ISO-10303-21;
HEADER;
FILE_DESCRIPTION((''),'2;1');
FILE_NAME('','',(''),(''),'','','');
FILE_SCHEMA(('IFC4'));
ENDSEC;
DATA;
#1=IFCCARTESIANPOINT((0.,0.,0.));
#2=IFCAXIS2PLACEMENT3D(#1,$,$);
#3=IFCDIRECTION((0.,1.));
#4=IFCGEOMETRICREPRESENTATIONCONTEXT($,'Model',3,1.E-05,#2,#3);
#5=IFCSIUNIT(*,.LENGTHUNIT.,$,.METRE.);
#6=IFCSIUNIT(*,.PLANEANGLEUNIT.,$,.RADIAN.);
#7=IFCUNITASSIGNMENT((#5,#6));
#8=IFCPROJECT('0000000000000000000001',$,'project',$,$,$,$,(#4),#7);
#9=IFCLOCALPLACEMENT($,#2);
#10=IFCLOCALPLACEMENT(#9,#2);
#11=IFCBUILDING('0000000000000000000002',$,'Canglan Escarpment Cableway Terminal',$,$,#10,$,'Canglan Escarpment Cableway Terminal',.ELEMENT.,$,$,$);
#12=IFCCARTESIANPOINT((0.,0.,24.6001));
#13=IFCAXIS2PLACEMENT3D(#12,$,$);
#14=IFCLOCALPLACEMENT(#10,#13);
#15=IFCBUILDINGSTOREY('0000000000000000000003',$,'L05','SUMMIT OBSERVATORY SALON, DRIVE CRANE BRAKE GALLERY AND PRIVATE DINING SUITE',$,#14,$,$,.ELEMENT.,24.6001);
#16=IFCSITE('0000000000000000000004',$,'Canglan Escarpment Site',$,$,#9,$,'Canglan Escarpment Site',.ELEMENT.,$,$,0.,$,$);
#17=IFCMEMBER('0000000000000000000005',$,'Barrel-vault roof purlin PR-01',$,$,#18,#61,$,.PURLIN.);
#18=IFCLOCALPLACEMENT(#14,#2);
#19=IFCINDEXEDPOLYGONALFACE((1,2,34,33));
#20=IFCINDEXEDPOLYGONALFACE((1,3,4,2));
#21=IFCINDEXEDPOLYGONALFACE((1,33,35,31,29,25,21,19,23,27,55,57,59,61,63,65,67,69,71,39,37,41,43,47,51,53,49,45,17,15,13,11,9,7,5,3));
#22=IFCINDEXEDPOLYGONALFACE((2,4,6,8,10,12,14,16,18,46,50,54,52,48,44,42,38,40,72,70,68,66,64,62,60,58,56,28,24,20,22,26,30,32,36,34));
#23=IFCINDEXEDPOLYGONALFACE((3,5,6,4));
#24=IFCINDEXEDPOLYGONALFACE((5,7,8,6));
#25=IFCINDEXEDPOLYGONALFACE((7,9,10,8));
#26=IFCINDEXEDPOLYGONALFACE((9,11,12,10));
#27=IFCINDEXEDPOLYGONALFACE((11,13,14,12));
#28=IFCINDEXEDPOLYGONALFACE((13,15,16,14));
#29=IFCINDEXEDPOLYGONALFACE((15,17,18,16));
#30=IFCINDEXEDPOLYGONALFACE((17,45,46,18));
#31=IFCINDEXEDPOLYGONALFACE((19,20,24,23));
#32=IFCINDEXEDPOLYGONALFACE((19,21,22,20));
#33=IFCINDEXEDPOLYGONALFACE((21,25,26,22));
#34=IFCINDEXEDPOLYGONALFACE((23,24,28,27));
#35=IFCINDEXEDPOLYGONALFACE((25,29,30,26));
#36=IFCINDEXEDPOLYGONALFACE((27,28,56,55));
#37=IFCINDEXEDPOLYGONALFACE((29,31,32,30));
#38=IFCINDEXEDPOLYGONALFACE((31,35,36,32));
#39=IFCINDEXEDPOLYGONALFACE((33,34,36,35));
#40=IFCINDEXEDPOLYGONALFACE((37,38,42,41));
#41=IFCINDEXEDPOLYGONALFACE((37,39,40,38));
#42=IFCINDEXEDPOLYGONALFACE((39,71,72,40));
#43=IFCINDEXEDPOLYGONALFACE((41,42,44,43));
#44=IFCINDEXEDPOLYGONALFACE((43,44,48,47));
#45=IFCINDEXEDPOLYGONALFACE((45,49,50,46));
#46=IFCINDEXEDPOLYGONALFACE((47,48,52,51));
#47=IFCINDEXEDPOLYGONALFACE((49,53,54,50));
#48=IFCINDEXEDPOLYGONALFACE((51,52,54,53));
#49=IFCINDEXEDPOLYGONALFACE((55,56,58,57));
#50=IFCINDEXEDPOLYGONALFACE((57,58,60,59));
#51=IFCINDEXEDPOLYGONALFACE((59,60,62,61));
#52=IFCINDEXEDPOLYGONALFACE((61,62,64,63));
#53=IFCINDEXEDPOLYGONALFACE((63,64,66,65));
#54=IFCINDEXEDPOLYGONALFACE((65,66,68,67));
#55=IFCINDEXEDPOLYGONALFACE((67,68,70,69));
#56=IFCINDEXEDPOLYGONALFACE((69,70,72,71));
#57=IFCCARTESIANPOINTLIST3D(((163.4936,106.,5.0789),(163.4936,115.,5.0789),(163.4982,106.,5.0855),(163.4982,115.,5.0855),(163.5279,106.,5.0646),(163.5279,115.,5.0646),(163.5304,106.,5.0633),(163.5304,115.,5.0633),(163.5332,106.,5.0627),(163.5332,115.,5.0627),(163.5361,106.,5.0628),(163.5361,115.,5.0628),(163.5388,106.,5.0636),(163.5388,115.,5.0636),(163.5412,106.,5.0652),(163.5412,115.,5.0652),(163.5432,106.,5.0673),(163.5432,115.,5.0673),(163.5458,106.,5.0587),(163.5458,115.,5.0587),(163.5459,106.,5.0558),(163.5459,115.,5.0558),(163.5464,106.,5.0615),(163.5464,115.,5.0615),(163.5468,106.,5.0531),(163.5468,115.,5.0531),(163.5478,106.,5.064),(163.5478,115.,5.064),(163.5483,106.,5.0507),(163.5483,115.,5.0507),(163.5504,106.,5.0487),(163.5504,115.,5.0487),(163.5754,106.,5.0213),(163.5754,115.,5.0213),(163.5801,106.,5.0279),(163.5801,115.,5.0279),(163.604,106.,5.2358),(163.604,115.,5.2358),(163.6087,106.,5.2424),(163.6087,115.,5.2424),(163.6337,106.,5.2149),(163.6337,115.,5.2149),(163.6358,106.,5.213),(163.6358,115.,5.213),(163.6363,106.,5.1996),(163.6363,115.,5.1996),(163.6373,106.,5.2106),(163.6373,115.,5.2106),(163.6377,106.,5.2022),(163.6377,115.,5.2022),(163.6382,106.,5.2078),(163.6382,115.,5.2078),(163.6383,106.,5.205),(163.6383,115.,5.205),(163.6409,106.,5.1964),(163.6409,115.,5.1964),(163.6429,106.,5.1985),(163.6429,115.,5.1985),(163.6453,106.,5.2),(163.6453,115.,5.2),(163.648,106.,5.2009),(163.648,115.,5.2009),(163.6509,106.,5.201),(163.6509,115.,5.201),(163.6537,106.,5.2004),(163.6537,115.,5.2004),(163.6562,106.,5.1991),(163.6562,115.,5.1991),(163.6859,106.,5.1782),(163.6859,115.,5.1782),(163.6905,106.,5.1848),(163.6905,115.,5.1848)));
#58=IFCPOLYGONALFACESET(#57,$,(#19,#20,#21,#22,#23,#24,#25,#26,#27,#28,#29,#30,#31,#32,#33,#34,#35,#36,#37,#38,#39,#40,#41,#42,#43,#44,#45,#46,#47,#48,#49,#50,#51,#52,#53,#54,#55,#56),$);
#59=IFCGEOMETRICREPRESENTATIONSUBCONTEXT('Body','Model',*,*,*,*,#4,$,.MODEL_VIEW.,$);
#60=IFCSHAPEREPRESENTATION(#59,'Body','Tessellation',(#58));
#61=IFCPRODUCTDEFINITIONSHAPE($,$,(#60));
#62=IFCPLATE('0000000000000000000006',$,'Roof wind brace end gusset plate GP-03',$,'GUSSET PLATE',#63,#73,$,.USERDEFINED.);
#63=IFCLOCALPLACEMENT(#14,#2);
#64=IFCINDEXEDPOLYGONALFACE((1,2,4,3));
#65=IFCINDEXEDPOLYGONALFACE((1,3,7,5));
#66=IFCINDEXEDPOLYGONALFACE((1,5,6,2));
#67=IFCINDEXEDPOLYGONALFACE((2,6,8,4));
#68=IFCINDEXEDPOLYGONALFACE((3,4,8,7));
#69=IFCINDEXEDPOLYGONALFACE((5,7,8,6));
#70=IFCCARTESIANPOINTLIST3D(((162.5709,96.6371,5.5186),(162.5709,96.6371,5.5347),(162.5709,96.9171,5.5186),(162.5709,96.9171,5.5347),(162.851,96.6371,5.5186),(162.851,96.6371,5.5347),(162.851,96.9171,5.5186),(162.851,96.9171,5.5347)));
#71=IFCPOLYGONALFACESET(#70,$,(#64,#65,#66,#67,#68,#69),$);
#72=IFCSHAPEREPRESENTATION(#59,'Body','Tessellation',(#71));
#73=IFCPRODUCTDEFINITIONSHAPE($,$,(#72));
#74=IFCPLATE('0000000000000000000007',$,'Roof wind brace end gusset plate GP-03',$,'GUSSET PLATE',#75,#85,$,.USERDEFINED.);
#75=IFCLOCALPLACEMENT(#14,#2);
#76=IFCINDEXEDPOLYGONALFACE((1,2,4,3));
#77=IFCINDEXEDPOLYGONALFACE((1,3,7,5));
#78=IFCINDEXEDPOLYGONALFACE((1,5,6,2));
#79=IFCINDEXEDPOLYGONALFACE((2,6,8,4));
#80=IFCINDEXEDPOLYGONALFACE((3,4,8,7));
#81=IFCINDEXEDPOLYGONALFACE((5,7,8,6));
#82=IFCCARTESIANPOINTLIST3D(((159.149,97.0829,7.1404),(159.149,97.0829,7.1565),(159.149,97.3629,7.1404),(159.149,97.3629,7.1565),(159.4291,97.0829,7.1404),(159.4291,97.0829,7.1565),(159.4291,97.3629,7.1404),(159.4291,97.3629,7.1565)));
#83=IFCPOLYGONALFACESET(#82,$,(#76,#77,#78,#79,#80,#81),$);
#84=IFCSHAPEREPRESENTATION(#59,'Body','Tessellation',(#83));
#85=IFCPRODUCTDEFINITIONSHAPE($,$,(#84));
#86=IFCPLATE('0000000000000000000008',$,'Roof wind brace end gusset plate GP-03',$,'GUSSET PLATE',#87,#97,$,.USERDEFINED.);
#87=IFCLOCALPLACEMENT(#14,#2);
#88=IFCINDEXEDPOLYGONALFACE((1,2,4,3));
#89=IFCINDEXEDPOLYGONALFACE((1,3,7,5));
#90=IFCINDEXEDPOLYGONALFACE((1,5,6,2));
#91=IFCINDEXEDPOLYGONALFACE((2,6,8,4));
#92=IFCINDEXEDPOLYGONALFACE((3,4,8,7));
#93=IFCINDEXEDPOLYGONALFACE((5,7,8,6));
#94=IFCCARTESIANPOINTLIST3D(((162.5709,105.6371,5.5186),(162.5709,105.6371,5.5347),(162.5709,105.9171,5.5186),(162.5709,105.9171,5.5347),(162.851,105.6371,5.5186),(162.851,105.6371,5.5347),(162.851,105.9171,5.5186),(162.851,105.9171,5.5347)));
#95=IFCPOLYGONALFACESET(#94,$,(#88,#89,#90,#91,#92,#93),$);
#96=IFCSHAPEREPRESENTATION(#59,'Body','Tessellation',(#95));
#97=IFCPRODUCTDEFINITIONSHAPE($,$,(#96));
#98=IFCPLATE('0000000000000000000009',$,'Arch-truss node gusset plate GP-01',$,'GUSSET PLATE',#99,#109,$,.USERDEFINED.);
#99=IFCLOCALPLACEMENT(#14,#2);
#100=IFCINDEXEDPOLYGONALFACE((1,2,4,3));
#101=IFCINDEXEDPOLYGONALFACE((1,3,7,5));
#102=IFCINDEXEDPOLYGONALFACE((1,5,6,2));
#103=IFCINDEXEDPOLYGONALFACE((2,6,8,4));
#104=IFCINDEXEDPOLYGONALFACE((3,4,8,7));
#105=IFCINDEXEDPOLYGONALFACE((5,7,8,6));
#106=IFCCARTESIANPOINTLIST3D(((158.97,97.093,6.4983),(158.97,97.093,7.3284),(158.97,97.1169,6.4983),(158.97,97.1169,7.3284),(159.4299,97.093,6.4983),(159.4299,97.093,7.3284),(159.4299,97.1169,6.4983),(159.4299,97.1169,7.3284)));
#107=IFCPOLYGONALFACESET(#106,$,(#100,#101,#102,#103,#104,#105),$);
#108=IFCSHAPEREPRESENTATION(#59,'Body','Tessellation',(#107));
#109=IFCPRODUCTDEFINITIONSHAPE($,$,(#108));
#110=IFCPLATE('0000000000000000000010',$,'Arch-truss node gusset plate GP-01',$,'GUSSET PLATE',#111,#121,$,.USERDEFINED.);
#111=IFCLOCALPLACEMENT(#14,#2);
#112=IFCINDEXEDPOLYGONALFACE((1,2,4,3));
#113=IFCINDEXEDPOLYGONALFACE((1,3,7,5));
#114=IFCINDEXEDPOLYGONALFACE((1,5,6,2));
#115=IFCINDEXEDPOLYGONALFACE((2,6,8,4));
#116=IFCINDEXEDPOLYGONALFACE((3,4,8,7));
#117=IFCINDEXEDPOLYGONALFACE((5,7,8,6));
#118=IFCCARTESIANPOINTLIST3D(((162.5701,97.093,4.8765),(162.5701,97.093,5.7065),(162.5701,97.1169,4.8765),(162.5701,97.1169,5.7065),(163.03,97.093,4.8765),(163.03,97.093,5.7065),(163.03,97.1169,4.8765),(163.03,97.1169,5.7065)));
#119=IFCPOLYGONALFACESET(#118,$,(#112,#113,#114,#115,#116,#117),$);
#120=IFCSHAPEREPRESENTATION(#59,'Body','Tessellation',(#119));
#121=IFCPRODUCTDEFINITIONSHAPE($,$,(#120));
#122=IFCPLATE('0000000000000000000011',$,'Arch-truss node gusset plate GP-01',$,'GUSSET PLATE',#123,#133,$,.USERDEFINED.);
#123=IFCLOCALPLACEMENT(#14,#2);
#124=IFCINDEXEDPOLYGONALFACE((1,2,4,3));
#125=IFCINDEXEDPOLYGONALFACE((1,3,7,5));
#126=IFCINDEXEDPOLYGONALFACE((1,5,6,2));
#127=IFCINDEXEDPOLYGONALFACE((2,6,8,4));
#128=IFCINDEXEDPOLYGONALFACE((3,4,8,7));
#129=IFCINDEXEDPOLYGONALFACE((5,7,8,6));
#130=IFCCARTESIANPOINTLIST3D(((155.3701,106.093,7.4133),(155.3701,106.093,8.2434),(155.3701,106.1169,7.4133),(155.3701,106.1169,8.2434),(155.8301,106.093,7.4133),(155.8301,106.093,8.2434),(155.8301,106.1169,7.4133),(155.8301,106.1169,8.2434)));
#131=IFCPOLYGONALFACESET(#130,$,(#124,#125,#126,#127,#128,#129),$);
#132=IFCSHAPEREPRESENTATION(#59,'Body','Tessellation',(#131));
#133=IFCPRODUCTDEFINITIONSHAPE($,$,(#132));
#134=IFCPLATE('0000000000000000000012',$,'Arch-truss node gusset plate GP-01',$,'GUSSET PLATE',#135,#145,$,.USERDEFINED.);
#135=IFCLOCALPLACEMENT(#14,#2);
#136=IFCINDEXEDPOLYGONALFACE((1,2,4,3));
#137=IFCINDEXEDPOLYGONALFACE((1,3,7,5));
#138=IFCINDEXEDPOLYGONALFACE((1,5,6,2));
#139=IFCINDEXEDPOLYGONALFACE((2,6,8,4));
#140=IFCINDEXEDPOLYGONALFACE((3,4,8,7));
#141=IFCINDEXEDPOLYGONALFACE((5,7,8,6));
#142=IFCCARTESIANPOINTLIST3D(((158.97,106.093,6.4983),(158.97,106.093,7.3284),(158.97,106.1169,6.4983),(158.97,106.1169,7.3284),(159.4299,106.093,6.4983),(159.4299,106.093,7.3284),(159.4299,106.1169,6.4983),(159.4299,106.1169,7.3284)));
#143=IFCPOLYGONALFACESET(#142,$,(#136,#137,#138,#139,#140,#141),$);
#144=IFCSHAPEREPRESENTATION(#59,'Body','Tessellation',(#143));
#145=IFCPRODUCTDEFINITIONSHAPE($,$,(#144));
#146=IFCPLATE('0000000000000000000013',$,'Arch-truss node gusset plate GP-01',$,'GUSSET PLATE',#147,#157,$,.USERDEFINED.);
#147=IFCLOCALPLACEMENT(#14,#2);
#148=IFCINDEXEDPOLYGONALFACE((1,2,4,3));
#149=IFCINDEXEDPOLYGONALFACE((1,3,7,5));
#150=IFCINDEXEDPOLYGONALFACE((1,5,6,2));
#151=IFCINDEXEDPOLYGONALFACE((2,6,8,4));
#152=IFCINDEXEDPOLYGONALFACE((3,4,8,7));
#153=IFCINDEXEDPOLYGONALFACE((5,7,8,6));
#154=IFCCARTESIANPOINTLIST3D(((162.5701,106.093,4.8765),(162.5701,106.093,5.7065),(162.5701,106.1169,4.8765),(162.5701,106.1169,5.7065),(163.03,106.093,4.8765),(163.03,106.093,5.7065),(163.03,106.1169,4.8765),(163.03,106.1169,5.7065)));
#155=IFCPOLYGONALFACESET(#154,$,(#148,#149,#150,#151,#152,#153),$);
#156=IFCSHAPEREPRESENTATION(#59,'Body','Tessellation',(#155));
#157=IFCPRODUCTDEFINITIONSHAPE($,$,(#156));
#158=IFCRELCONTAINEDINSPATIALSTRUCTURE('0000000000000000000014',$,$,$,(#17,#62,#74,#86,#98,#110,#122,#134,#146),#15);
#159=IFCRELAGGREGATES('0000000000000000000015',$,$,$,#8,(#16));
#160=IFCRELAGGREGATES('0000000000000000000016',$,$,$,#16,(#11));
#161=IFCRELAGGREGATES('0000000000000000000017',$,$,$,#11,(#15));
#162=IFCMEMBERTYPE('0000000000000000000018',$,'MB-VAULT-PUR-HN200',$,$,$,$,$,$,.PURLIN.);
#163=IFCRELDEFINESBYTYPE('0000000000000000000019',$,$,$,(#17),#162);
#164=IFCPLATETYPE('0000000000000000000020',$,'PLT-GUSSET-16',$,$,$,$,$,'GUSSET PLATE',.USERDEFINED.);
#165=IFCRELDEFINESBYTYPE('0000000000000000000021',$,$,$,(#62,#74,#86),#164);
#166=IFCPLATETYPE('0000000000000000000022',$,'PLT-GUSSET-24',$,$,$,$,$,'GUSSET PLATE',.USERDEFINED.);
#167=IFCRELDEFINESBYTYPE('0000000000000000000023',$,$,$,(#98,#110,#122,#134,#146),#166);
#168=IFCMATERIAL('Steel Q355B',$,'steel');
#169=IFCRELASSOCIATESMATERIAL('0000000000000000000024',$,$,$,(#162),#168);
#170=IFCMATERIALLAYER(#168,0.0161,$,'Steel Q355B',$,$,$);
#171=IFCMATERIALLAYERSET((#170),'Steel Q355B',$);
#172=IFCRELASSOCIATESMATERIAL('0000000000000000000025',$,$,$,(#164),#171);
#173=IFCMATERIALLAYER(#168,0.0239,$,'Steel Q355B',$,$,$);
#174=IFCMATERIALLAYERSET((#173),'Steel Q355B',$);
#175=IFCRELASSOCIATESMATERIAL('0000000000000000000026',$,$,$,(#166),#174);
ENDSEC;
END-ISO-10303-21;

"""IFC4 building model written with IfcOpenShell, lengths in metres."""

from ifc_helpers import new_model, si_unit, direction, frame, origin, origin_2d, place, context, subcontext, project, spatial, rectangle, i_section, extrude, material, layer, layer_set, material_profile, profile_set, type_object, element, save


model = new_model("IFC4")

# Units and contexts
model_context = context("Model", 3, precision=1e-05, world=origin(), true_north=direction((0.0, 1.0)))
body_context = subcontext(model_context, "Body", "Model", "MODEL_VIEW")
ifc_project = project(units=[si_unit("LENGTHUNIT", "METRE"), si_unit("PLANEANGLEUNIT", "RADIAN")], contexts=[model_context])

# Site, building, storey
site_placement = place(None, origin())
site = spatial("IfcSite", under=ifc_project, at=site_placement, Name="Canglan Escarpment Site", LongName="Canglan Escarpment Site", CompositionType="ELEMENT", RefElevation=0.0)
building_placement = place(site_placement, origin())
building = spatial("IfcBuilding", under=site, at=building_placement, Name="Canglan Escarpment Cableway Terminal", LongName="Canglan Escarpment Cableway Terminal", CompositionType="ELEMENT")
storey_placement = place(building_placement, frame((0.0, 0.0, 24.6001)))
storey = spatial("IfcBuildingStorey", under=building, at=storey_placement, Name="L05", Description="SUMMIT OBSERVATORY SALON, DRIVE CRANE BRAKE GALLERY AND PRIVATE DINING SUITE", CompositionType="ELEMENT", Elevation=24.6001)

# Shared definitions
ifc_material = material(Name="Steel Q355B", Category="steel")

# Member
ifc_material_profile_1 = material_profile(ifc_material, i_section(OverallWidth=0.1001, OverallDepth=0.2, WebThickness=0.0056, FlangeThickness=0.0081, FilletRadius=0.011, at=origin_2d()), Name="HN 200x100x5.5x8")
ifc_profile_set_1 = profile_set([ifc_material_profile_1], Name="Steel Q355B")
member_type_1 = type_object("IfcMemberType", Name="MB-VAULT-PUR-HN200", PredefinedType="PURLIN", material=ifc_profile_set_1)
for number, where, z_axis, x_axis, name in (
    (1, (163.592, 106.0, 5.1318), (0.0, 1.0, 0.0), (-0.817728, 0.0, 0.575605), "Barrel-vault roof purlin PR-01"),
):
    element("IfcMember", number, at=place(storey_placement, frame(where, z_axis=z_axis, x_axis=x_axis)), inside=storey, type_object=member_type_1, Name=name, PredefinedType="PURLIN", context=body_context, shape_type="SweptSolid", body=[
        extrude(i_section(OverallWidth=0.1001, OverallDepth=0.2, WebThickness=0.0056, FlangeThickness=0.0081, FilletRadius=0.011, at=origin_2d()), origin(), (0.0, 0.0, 1.0), 9.0),
    ])

# Plates
ifc_layer_1 = layer(ifc_material, 0.0161, Name="Steel Q355B")
ifc_layer_set_1 = layer_set([ifc_layer_1], Name="Steel Q355B")
plate_type_1 = type_object("IfcPlateType", Name="PLT-GUSSET-16", ElementType="GUSSET PLATE", PredefinedType="USERDEFINED", material=ifc_layer_set_1)
for number, where, z_axis, x_axis, name in (
    (2, (162.7109, 96.7771, 5.5186), (0.0, 0.0, 1.0), (1.0, 0.0, 0.0), "Roof wind brace end gusset plate GP-03"),
    (3, (159.2891, 97.2229, 7.1404), (0.0, 0.0, 1.0), (1.0, 0.0, 0.0), "Roof wind brace end gusset plate GP-03"),
    (4, (162.7109, 105.7771, 5.5186), (0.0, 0.0, 1.0), (1.0, 0.0, 0.0), "Roof wind brace end gusset plate GP-03"),
):
    element("IfcPlate", number, at=place(storey_placement, frame(where, z_axis=z_axis, x_axis=x_axis)), inside=storey, type_object=plate_type_1, Name=name, ObjectType="GUSSET PLATE", PredefinedType="USERDEFINED", context=body_context, shape_type="SweptSolid", body=[
        extrude(rectangle(XDim=0.28, YDim=0.28, at=origin_2d()), origin(), (0.0, 0.0, 1.0), 0.0161),
    ])
ifc_layer_2 = layer(ifc_material, 0.0239, Name="Steel Q355B")
ifc_layer_set_2 = layer_set([ifc_layer_2], Name="Steel Q355B")
plate_type_2 = type_object("IfcPlateType", Name="PLT-GUSSET-24", ElementType="GUSSET PLATE", PredefinedType="USERDEFINED", material=ifc_layer_set_2)
for number, where, z_axis, x_axis, name in (
    (5, (159.2, 97.105, 6.4983), (0.0, 0.0, 1.0), (1.0, 0.0, 0.0), "Arch-truss node gusset plate GP-01"),
    (6, (162.8, 97.105, 4.8765), (0.0, 0.0, 1.0), (1.0, 0.0, 0.0), "Arch-truss node gusset plate GP-01"),
    (7, (155.6001, 106.105, 7.4133), (0.0, 0.0, 1.0), (1.0, 0.0, 0.0), "Arch-truss node gusset plate GP-01"),
    (8, (159.2, 106.105, 6.4983), (0.0, 0.0, 1.0), (1.0, 0.0, 0.0), "Arch-truss node gusset plate GP-01"),
    (9, (162.8, 106.105, 4.8765), (0.0, 0.0, 1.0), (1.0, 0.0, 0.0), "Arch-truss node gusset plate GP-01"),
):
    element("IfcPlate", number, at=place(storey_placement, frame(where, z_axis=z_axis, x_axis=x_axis)), inside=storey, type_object=plate_type_2, Name=name, ObjectType="GUSSET PLATE", PredefinedType="USERDEFINED", context=body_context, shape_type="SweptSolid", body=[
        extrude(rectangle(XDim=0.46, YDim=0.0239, at=origin_2d()), origin(), (0.0, 0.0, 1.0), 0.8301),
    ])

save(model, "model.ifc")
